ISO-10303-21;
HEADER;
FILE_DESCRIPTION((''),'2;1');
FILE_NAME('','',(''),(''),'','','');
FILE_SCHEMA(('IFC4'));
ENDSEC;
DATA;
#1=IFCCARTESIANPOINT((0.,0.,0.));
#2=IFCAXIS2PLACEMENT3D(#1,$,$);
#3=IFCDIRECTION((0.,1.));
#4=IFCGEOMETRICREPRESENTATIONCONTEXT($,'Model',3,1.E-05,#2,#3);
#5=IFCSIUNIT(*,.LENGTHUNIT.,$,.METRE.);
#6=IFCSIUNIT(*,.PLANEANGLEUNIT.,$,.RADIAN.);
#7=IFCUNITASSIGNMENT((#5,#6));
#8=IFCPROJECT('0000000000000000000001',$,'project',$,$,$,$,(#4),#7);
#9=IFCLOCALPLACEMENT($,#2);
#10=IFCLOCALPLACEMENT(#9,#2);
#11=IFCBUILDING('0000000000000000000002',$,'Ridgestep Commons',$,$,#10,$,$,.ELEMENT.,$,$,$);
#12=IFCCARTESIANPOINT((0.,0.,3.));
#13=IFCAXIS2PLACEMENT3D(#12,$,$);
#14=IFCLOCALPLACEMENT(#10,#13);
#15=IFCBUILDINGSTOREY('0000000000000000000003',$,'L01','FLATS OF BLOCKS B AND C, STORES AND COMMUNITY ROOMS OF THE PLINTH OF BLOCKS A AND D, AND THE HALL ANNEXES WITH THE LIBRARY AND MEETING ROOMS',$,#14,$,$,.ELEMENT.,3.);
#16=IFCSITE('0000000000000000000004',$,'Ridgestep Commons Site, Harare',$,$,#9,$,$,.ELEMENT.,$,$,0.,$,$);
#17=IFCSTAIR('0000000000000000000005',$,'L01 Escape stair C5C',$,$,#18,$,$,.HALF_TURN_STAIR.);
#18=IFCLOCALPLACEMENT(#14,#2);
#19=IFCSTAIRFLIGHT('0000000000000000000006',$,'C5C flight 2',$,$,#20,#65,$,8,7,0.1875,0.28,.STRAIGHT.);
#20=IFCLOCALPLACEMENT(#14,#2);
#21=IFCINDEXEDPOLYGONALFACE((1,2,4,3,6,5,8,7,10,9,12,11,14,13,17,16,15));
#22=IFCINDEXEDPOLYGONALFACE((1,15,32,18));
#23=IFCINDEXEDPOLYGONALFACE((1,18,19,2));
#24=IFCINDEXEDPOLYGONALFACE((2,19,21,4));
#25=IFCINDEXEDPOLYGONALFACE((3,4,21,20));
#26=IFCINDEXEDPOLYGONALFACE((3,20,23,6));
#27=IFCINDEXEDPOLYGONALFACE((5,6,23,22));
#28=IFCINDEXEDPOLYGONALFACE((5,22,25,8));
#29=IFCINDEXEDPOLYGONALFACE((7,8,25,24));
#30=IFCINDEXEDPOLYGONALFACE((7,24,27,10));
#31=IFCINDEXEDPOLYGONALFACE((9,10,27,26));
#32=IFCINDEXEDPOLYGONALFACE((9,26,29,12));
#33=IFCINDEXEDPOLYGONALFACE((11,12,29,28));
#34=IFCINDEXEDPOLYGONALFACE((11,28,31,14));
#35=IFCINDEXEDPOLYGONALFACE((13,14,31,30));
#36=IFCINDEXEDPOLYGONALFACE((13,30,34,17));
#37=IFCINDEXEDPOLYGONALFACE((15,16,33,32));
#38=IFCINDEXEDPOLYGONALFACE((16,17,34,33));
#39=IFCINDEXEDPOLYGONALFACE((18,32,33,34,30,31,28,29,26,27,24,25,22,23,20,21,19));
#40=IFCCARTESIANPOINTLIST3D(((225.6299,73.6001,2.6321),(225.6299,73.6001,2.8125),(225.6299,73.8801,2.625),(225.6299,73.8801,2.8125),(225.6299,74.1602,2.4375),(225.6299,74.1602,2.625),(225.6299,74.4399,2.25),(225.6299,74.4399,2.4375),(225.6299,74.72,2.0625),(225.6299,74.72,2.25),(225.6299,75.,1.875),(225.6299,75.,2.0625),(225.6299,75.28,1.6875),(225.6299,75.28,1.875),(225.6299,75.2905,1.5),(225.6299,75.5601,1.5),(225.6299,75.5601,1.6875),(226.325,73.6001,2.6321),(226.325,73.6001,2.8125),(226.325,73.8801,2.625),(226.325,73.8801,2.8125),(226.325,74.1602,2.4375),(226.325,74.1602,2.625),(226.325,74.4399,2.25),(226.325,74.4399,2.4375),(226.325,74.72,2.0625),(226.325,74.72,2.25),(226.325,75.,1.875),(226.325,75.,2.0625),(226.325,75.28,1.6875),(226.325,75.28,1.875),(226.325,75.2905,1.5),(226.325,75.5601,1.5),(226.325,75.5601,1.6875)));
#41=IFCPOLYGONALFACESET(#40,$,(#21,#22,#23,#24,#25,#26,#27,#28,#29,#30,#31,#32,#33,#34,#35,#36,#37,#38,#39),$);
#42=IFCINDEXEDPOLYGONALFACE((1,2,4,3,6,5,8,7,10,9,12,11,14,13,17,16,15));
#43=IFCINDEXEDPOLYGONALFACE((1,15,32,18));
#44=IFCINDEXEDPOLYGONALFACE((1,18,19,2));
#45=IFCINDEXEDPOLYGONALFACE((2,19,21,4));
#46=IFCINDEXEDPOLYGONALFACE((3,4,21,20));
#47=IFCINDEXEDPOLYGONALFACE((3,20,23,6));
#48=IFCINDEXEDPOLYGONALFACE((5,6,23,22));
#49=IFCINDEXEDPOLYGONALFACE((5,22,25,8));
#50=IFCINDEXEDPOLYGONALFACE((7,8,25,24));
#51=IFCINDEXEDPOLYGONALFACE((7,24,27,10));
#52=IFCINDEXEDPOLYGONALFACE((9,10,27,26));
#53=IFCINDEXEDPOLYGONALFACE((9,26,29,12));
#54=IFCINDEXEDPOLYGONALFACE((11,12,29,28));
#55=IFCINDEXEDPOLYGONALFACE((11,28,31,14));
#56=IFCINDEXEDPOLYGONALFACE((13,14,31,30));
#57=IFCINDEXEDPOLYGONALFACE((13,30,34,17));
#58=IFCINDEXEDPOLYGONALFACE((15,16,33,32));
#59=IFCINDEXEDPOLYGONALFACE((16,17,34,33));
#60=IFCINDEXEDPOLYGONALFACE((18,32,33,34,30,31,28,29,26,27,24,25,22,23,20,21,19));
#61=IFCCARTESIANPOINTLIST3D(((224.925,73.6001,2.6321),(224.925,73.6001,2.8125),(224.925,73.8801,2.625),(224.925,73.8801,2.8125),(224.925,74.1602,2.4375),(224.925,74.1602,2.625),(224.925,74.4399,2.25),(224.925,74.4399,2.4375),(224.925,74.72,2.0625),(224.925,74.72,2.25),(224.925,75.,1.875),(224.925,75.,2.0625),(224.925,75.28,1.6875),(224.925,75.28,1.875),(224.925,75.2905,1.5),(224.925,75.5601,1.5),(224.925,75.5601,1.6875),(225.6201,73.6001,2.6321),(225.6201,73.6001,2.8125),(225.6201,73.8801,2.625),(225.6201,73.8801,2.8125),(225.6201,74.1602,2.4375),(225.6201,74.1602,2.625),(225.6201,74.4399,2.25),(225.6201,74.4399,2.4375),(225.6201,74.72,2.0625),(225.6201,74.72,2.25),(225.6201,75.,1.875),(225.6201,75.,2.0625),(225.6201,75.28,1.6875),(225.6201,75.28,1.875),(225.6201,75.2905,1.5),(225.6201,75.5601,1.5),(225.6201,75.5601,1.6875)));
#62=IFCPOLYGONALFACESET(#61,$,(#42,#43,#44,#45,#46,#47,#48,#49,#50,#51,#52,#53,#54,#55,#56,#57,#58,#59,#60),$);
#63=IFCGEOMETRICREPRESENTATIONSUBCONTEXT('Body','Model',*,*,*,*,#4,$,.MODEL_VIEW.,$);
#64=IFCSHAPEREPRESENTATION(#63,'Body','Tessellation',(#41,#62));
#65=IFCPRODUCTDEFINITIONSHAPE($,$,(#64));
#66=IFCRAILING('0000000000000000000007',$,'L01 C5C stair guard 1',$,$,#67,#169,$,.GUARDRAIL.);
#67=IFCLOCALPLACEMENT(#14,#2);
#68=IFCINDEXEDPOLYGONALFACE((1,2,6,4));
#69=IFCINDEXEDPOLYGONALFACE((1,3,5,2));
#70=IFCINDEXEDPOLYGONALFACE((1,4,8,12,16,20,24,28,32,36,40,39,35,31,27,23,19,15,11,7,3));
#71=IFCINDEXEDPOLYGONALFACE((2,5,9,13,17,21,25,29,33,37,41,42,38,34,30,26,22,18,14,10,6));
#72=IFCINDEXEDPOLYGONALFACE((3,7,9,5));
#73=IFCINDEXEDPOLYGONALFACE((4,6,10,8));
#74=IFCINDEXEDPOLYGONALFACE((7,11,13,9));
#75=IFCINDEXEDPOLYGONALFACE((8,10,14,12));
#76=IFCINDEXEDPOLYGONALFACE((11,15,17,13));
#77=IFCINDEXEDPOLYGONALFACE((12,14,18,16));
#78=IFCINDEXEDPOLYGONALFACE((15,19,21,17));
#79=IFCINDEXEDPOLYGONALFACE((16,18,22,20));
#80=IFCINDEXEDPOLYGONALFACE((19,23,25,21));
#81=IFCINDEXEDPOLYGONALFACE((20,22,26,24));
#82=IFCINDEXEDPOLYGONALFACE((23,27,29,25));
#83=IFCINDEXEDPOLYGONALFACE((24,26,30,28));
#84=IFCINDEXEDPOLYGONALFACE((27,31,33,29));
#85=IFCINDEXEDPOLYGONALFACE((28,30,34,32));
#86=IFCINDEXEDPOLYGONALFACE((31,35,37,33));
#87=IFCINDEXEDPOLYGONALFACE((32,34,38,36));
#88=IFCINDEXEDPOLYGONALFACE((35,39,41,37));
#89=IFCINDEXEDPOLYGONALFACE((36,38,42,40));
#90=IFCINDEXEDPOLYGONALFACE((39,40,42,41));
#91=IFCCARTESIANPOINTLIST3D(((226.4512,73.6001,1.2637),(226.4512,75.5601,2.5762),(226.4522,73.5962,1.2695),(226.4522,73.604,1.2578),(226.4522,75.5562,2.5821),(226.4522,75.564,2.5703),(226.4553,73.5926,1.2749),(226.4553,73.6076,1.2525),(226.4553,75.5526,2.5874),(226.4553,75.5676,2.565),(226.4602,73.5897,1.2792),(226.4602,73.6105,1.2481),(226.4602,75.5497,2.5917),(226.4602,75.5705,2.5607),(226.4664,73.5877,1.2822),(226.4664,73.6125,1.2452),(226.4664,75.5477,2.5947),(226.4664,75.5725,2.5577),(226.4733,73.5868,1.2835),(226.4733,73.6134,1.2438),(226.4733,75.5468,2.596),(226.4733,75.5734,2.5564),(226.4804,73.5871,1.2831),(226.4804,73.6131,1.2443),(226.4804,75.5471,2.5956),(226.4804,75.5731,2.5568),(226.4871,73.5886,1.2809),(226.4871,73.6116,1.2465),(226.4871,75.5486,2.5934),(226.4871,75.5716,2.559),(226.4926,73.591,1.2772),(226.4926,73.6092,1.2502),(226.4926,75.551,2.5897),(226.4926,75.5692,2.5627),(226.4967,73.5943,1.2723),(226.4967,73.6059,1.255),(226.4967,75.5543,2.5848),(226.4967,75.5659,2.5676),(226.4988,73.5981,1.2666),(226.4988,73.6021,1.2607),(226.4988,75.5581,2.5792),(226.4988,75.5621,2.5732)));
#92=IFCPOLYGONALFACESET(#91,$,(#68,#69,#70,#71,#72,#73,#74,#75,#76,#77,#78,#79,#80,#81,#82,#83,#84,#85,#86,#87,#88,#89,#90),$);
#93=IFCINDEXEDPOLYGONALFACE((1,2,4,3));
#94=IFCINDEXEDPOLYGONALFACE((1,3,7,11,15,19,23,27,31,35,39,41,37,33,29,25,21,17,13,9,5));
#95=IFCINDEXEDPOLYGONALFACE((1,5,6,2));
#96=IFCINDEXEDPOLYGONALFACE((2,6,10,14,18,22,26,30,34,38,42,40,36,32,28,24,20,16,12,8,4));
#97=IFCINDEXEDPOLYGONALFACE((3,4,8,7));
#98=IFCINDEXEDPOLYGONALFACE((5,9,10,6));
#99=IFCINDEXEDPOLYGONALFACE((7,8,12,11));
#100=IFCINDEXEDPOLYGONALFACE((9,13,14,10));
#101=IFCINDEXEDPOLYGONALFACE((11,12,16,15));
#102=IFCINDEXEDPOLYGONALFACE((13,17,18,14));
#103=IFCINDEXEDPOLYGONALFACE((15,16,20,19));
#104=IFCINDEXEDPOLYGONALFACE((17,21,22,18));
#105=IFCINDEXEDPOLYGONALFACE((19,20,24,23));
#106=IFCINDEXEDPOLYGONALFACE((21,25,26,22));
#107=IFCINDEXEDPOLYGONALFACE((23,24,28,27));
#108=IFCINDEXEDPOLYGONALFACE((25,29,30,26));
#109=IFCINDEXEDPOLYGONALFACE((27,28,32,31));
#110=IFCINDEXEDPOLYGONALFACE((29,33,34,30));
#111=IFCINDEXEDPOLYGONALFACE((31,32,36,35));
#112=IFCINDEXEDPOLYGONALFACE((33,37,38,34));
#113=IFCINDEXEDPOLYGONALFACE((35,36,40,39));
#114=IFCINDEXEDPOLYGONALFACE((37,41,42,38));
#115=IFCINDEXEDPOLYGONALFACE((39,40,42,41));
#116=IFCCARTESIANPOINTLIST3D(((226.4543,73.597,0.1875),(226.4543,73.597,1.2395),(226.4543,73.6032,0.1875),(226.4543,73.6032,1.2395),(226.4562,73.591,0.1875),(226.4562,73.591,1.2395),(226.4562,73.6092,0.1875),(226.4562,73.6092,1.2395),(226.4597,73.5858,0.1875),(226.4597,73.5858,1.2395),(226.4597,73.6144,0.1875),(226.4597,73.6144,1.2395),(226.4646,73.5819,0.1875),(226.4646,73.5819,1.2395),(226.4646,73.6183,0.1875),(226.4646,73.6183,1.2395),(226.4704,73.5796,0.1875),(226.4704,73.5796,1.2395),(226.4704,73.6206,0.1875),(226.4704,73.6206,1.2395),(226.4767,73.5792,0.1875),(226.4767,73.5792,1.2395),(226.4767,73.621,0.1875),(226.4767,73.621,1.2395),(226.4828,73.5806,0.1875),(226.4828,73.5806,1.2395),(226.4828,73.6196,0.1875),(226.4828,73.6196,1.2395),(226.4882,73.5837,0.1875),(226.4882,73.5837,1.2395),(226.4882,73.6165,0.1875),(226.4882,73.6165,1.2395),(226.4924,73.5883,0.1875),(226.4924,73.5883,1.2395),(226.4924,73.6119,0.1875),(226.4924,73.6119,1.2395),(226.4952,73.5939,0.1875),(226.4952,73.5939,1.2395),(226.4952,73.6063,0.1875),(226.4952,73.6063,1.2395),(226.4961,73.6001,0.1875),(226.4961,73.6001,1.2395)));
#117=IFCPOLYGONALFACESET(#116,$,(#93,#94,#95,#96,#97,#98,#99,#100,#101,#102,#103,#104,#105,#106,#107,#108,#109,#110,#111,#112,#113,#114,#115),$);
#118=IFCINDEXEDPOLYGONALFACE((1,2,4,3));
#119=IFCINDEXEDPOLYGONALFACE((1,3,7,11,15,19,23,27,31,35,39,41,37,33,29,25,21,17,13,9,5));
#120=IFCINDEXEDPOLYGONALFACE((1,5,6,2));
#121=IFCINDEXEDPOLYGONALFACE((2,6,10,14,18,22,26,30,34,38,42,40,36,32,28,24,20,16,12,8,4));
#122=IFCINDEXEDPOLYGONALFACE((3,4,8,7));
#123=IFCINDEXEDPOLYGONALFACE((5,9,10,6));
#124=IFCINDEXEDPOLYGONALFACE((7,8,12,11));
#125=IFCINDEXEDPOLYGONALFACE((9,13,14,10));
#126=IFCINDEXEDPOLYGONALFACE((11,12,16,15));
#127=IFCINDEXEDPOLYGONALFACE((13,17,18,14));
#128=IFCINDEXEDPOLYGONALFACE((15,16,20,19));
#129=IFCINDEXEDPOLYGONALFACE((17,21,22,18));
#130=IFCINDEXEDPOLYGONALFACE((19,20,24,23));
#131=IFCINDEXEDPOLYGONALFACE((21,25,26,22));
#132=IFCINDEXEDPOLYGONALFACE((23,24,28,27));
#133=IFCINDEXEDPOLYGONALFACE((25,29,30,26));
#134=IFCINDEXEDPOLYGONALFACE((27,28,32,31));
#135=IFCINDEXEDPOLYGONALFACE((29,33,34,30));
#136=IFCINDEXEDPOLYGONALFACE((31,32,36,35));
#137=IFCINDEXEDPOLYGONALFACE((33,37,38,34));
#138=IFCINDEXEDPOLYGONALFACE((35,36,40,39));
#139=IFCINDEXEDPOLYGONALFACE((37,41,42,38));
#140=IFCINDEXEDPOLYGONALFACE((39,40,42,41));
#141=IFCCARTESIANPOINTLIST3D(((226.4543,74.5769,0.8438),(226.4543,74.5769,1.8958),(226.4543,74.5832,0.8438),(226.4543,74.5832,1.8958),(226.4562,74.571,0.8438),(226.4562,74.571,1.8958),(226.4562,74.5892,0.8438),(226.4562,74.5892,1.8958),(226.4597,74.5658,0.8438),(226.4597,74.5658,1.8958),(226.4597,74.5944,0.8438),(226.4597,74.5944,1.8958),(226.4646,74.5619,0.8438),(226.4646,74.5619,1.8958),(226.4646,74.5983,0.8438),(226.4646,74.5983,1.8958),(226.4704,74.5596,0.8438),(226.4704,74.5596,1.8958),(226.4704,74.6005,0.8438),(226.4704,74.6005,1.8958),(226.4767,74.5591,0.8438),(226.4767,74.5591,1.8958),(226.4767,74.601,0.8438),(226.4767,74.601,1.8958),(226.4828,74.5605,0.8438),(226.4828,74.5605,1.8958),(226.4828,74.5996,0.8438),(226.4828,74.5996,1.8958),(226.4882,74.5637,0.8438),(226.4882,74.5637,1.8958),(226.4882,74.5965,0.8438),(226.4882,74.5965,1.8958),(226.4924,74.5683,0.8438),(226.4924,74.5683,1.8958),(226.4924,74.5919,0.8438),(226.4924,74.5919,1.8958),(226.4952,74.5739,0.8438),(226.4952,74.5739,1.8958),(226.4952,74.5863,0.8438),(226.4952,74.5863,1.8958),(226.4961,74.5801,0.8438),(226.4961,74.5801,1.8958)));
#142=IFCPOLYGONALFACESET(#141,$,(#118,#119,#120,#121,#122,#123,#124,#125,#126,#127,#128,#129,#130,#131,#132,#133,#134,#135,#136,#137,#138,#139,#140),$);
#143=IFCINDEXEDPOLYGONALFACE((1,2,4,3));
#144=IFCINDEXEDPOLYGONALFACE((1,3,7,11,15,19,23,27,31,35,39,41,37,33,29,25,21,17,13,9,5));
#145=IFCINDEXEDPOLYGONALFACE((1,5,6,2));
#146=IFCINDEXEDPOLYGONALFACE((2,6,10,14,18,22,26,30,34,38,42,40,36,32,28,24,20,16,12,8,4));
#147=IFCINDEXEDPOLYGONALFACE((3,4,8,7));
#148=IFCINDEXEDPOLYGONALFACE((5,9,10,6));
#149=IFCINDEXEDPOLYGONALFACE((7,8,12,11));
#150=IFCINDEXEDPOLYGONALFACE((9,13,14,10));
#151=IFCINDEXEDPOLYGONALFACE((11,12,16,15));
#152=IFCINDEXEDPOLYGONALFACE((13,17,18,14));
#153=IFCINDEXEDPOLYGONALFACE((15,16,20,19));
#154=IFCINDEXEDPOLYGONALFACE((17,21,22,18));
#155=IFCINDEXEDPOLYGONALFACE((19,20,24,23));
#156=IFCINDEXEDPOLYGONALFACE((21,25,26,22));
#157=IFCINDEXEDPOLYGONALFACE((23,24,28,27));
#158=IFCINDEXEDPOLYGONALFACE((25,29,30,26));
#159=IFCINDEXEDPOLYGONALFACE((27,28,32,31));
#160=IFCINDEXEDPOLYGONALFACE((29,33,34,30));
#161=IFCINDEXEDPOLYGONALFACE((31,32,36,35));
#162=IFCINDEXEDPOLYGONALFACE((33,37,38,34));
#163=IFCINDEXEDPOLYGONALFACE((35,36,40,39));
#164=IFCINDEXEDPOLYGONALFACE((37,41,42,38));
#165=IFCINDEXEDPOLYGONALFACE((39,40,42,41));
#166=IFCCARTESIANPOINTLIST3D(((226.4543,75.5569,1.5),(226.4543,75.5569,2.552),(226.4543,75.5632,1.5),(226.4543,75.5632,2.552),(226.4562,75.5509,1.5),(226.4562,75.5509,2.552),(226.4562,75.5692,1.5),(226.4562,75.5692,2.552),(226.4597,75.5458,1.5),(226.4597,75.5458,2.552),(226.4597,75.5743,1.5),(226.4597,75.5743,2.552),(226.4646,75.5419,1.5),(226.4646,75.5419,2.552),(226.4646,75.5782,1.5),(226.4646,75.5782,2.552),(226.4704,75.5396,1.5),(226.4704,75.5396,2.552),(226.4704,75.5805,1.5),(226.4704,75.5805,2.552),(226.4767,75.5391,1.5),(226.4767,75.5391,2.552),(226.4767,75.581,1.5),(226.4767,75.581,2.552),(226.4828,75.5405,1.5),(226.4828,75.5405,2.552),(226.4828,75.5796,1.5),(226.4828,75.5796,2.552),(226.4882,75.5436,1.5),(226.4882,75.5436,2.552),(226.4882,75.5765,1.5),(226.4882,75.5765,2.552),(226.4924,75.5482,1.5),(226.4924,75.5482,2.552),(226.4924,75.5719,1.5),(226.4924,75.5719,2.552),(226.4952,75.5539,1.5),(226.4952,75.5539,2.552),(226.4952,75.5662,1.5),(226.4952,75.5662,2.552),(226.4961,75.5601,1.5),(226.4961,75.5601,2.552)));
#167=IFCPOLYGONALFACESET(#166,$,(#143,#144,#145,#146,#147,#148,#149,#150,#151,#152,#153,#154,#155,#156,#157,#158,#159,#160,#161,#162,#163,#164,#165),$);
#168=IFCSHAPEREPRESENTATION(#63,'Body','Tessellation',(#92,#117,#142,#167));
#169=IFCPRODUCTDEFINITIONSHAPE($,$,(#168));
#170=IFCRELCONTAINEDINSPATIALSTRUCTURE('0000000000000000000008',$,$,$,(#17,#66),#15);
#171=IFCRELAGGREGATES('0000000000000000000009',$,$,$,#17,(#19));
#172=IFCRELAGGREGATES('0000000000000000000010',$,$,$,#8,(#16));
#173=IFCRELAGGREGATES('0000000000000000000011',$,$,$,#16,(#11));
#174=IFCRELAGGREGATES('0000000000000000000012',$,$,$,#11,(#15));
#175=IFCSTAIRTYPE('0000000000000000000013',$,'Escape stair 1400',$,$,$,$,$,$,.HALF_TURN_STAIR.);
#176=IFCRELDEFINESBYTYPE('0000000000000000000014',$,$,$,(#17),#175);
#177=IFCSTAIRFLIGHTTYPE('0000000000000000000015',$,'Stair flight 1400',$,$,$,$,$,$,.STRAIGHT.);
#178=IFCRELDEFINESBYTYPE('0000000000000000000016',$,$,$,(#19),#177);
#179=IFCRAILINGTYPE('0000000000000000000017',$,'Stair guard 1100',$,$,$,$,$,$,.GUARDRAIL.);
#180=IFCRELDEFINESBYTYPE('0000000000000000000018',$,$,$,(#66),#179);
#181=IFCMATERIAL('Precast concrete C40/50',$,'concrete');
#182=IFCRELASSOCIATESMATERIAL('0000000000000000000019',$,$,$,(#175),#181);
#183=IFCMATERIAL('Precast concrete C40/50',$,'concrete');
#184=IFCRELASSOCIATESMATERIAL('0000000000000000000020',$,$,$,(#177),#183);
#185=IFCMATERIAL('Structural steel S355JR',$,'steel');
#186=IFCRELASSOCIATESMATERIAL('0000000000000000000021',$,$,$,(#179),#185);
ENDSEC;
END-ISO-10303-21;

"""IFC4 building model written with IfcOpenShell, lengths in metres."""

from ifc_helpers import new_model, si_unit, direction, frame, origin, origin_2d, place, context, subcontext, project, spatial, polyline, circle, outline, extrude, material, type_object, element, aggregate, save


model = new_model("IFC4")

# Units and contexts
model_context = context("Model", 3, precision=1e-05, world=origin(), true_north=direction((0.0, 1.0)))
body_context = subcontext(model_context, "Body", "Model", "MODEL_VIEW")
ifc_project = project(units=[si_unit("LENGTHUNIT", "METRE"), si_unit("PLANEANGLEUNIT", "RADIAN")], contexts=[model_context])

# Site, building, storey
site_placement = place(None, origin())
site = spatial("IfcSite", under=ifc_project, at=site_placement, Name="Ridgestep Commons Site, Harare", CompositionType="ELEMENT", RefElevation=0.0)
building_placement = place(site_placement, origin())
building = spatial("IfcBuilding", under=site, at=building_placement, Name="Ridgestep Commons", CompositionType="ELEMENT")
storey_placement = place(building_placement, frame((0.0, 0.0, 3.0)))
storey = spatial("IfcBuildingStorey", under=building, at=storey_placement, Name="L01", Description="FLATS OF BLOCKS B AND C, STORES AND COMMUNITY ROOMS OF THE PLINTH OF BLOCKS A AND D, AND THE HALL ANNEXES WITH THE LIBRARY AND MEETING ROOMS", CompositionType="ELEMENT", Elevation=3.0)

# Stair, stair flight
ifc_material_1 = material(Name="Precast concrete C40/50", Category="concrete")
stair_type = type_object("IfcStairType", Name="Escape stair 1400", PredefinedType="HALF_TURN_STAIR", material=ifc_material_1)
stair_placement = place(storey_placement, origin())
stair = element("IfcStair", 1, at=stair_placement, inside=storey, type_object=stair_type, Name="L01 Escape stair C5C", PredefinedType="HALF_TURN_STAIR")
ifc_material_2 = material(Name="Precast concrete C40/50", Category="concrete")
stair_flight_type = type_object("IfcStairFlightType", Name="Stair flight 1400", PredefinedType="STRAIGHT", material=ifc_material_2)
stair_flight_1_placement = place(storey_placement, frame((225.625, 75.5601, 1.5), z_axis=(0.0, 0.0, 1.0), x_axis=(0.0, -1.0, 0.0)))
stair_flight_1 = element("IfcStairFlight", 2, at=stair_flight_1_placement, type_object=stair_flight_type, Name="C5C flight 2", NumberOfRisers=8, NumberOfTreads=7, PredefinedType="STRAIGHT", RiserHeight=0.1875, TreadLength=0.28, context=body_context, shape_type="SweptSolid", body=[
    extrude(outline(polyline([(0.0, 0.0), (0.0, 0.1875), (0.28, 0.1875), (0.28, 0.375), (0.5601, 0.375), (0.5601, 0.5625), (0.8401, 0.5625), (0.8401, 0.75), (1.1201, 0.75), (1.1201, 0.9375), (1.3999, 0.9375), (1.3999, 1.125), (1.6799, 1.125), (1.6799, 1.3125), (1.96, 1.3125), (1.96, 1.5), (1.96, 1.1321), (0.2695, 0.0), (0.0, 0.0)])), frame((0.0, 0.7, 0.0), z_axis=(0.0, -1.0, 0.0), x_axis=(1.0, 0.0, 0.0)), (0.0, 0.0, 1.0), 0.6951),
    extrude(outline(polyline([(0.0, 0.0), (0.0, 0.1875), (0.28, 0.1875), (0.28, 0.375), (0.5601, 0.375), (0.5601, 0.5625), (0.8401, 0.5625), (0.8401, 0.75), (1.1201, 0.75), (1.1201, 0.9375), (1.3999, 0.9375), (1.3999, 1.125), (1.6799, 1.125), (1.6799, 1.3125), (1.96, 1.3125), (1.96, 1.5), (1.96, 1.1321), (0.2695, 0.0), (0.0, 0.0)])), frame((0.0, -0.0049, 0.0), z_axis=(0.0, -1.0, 0.0), x_axis=(1.0, 0.0, 0.0)), (0.0, 0.0, 1.0), 0.6951),
])
aggregate(stair, [stair_flight_1])

# Railing
ifc_material_3 = material(Name="Structural steel S355JR", Category="steel")
railing_type_1 = type_object("IfcRailingType", Name="Stair guard 1100", PredefinedType="GUARDRAIL", material=ifc_material_3)
railing_1_placement = place(storey_placement, frame((226.4751, 73.6001, 0.1875)))
element("IfcRailing", 3, at=railing_1_placement, inside=storey, type_object=railing_type_1, Name="L01 C5C stair guard 1", PredefinedType="GUARDRAIL", context=body_context, shape_type="SweptSolid", body=[
    extrude(circle(Radius=0.0239, at=origin_2d()), frame((0.0, 0.0, 1.0762), z_axis=(0.0, 0.830902, 0.556419), x_axis=(-1.0, 0.0, 0.0)), (0.0, 0.0, 1.0), 2.3589),
    extrude(circle(Radius=0.021, at=origin_2d()), origin(), (0.0, 0.0, 1.0), 1.052),
    extrude(circle(Radius=0.021, at=origin_2d()), frame((0.0, 0.98, 0.6562)), (0.0, 0.0, 1.0), 1.052),
    extrude(circle(Radius=0.021, at=origin_2d()), frame((0.0, 1.96, 1.3125)), (0.0, 0.0, 1.0), 1.052),
])

save(model, "model.ifc")
